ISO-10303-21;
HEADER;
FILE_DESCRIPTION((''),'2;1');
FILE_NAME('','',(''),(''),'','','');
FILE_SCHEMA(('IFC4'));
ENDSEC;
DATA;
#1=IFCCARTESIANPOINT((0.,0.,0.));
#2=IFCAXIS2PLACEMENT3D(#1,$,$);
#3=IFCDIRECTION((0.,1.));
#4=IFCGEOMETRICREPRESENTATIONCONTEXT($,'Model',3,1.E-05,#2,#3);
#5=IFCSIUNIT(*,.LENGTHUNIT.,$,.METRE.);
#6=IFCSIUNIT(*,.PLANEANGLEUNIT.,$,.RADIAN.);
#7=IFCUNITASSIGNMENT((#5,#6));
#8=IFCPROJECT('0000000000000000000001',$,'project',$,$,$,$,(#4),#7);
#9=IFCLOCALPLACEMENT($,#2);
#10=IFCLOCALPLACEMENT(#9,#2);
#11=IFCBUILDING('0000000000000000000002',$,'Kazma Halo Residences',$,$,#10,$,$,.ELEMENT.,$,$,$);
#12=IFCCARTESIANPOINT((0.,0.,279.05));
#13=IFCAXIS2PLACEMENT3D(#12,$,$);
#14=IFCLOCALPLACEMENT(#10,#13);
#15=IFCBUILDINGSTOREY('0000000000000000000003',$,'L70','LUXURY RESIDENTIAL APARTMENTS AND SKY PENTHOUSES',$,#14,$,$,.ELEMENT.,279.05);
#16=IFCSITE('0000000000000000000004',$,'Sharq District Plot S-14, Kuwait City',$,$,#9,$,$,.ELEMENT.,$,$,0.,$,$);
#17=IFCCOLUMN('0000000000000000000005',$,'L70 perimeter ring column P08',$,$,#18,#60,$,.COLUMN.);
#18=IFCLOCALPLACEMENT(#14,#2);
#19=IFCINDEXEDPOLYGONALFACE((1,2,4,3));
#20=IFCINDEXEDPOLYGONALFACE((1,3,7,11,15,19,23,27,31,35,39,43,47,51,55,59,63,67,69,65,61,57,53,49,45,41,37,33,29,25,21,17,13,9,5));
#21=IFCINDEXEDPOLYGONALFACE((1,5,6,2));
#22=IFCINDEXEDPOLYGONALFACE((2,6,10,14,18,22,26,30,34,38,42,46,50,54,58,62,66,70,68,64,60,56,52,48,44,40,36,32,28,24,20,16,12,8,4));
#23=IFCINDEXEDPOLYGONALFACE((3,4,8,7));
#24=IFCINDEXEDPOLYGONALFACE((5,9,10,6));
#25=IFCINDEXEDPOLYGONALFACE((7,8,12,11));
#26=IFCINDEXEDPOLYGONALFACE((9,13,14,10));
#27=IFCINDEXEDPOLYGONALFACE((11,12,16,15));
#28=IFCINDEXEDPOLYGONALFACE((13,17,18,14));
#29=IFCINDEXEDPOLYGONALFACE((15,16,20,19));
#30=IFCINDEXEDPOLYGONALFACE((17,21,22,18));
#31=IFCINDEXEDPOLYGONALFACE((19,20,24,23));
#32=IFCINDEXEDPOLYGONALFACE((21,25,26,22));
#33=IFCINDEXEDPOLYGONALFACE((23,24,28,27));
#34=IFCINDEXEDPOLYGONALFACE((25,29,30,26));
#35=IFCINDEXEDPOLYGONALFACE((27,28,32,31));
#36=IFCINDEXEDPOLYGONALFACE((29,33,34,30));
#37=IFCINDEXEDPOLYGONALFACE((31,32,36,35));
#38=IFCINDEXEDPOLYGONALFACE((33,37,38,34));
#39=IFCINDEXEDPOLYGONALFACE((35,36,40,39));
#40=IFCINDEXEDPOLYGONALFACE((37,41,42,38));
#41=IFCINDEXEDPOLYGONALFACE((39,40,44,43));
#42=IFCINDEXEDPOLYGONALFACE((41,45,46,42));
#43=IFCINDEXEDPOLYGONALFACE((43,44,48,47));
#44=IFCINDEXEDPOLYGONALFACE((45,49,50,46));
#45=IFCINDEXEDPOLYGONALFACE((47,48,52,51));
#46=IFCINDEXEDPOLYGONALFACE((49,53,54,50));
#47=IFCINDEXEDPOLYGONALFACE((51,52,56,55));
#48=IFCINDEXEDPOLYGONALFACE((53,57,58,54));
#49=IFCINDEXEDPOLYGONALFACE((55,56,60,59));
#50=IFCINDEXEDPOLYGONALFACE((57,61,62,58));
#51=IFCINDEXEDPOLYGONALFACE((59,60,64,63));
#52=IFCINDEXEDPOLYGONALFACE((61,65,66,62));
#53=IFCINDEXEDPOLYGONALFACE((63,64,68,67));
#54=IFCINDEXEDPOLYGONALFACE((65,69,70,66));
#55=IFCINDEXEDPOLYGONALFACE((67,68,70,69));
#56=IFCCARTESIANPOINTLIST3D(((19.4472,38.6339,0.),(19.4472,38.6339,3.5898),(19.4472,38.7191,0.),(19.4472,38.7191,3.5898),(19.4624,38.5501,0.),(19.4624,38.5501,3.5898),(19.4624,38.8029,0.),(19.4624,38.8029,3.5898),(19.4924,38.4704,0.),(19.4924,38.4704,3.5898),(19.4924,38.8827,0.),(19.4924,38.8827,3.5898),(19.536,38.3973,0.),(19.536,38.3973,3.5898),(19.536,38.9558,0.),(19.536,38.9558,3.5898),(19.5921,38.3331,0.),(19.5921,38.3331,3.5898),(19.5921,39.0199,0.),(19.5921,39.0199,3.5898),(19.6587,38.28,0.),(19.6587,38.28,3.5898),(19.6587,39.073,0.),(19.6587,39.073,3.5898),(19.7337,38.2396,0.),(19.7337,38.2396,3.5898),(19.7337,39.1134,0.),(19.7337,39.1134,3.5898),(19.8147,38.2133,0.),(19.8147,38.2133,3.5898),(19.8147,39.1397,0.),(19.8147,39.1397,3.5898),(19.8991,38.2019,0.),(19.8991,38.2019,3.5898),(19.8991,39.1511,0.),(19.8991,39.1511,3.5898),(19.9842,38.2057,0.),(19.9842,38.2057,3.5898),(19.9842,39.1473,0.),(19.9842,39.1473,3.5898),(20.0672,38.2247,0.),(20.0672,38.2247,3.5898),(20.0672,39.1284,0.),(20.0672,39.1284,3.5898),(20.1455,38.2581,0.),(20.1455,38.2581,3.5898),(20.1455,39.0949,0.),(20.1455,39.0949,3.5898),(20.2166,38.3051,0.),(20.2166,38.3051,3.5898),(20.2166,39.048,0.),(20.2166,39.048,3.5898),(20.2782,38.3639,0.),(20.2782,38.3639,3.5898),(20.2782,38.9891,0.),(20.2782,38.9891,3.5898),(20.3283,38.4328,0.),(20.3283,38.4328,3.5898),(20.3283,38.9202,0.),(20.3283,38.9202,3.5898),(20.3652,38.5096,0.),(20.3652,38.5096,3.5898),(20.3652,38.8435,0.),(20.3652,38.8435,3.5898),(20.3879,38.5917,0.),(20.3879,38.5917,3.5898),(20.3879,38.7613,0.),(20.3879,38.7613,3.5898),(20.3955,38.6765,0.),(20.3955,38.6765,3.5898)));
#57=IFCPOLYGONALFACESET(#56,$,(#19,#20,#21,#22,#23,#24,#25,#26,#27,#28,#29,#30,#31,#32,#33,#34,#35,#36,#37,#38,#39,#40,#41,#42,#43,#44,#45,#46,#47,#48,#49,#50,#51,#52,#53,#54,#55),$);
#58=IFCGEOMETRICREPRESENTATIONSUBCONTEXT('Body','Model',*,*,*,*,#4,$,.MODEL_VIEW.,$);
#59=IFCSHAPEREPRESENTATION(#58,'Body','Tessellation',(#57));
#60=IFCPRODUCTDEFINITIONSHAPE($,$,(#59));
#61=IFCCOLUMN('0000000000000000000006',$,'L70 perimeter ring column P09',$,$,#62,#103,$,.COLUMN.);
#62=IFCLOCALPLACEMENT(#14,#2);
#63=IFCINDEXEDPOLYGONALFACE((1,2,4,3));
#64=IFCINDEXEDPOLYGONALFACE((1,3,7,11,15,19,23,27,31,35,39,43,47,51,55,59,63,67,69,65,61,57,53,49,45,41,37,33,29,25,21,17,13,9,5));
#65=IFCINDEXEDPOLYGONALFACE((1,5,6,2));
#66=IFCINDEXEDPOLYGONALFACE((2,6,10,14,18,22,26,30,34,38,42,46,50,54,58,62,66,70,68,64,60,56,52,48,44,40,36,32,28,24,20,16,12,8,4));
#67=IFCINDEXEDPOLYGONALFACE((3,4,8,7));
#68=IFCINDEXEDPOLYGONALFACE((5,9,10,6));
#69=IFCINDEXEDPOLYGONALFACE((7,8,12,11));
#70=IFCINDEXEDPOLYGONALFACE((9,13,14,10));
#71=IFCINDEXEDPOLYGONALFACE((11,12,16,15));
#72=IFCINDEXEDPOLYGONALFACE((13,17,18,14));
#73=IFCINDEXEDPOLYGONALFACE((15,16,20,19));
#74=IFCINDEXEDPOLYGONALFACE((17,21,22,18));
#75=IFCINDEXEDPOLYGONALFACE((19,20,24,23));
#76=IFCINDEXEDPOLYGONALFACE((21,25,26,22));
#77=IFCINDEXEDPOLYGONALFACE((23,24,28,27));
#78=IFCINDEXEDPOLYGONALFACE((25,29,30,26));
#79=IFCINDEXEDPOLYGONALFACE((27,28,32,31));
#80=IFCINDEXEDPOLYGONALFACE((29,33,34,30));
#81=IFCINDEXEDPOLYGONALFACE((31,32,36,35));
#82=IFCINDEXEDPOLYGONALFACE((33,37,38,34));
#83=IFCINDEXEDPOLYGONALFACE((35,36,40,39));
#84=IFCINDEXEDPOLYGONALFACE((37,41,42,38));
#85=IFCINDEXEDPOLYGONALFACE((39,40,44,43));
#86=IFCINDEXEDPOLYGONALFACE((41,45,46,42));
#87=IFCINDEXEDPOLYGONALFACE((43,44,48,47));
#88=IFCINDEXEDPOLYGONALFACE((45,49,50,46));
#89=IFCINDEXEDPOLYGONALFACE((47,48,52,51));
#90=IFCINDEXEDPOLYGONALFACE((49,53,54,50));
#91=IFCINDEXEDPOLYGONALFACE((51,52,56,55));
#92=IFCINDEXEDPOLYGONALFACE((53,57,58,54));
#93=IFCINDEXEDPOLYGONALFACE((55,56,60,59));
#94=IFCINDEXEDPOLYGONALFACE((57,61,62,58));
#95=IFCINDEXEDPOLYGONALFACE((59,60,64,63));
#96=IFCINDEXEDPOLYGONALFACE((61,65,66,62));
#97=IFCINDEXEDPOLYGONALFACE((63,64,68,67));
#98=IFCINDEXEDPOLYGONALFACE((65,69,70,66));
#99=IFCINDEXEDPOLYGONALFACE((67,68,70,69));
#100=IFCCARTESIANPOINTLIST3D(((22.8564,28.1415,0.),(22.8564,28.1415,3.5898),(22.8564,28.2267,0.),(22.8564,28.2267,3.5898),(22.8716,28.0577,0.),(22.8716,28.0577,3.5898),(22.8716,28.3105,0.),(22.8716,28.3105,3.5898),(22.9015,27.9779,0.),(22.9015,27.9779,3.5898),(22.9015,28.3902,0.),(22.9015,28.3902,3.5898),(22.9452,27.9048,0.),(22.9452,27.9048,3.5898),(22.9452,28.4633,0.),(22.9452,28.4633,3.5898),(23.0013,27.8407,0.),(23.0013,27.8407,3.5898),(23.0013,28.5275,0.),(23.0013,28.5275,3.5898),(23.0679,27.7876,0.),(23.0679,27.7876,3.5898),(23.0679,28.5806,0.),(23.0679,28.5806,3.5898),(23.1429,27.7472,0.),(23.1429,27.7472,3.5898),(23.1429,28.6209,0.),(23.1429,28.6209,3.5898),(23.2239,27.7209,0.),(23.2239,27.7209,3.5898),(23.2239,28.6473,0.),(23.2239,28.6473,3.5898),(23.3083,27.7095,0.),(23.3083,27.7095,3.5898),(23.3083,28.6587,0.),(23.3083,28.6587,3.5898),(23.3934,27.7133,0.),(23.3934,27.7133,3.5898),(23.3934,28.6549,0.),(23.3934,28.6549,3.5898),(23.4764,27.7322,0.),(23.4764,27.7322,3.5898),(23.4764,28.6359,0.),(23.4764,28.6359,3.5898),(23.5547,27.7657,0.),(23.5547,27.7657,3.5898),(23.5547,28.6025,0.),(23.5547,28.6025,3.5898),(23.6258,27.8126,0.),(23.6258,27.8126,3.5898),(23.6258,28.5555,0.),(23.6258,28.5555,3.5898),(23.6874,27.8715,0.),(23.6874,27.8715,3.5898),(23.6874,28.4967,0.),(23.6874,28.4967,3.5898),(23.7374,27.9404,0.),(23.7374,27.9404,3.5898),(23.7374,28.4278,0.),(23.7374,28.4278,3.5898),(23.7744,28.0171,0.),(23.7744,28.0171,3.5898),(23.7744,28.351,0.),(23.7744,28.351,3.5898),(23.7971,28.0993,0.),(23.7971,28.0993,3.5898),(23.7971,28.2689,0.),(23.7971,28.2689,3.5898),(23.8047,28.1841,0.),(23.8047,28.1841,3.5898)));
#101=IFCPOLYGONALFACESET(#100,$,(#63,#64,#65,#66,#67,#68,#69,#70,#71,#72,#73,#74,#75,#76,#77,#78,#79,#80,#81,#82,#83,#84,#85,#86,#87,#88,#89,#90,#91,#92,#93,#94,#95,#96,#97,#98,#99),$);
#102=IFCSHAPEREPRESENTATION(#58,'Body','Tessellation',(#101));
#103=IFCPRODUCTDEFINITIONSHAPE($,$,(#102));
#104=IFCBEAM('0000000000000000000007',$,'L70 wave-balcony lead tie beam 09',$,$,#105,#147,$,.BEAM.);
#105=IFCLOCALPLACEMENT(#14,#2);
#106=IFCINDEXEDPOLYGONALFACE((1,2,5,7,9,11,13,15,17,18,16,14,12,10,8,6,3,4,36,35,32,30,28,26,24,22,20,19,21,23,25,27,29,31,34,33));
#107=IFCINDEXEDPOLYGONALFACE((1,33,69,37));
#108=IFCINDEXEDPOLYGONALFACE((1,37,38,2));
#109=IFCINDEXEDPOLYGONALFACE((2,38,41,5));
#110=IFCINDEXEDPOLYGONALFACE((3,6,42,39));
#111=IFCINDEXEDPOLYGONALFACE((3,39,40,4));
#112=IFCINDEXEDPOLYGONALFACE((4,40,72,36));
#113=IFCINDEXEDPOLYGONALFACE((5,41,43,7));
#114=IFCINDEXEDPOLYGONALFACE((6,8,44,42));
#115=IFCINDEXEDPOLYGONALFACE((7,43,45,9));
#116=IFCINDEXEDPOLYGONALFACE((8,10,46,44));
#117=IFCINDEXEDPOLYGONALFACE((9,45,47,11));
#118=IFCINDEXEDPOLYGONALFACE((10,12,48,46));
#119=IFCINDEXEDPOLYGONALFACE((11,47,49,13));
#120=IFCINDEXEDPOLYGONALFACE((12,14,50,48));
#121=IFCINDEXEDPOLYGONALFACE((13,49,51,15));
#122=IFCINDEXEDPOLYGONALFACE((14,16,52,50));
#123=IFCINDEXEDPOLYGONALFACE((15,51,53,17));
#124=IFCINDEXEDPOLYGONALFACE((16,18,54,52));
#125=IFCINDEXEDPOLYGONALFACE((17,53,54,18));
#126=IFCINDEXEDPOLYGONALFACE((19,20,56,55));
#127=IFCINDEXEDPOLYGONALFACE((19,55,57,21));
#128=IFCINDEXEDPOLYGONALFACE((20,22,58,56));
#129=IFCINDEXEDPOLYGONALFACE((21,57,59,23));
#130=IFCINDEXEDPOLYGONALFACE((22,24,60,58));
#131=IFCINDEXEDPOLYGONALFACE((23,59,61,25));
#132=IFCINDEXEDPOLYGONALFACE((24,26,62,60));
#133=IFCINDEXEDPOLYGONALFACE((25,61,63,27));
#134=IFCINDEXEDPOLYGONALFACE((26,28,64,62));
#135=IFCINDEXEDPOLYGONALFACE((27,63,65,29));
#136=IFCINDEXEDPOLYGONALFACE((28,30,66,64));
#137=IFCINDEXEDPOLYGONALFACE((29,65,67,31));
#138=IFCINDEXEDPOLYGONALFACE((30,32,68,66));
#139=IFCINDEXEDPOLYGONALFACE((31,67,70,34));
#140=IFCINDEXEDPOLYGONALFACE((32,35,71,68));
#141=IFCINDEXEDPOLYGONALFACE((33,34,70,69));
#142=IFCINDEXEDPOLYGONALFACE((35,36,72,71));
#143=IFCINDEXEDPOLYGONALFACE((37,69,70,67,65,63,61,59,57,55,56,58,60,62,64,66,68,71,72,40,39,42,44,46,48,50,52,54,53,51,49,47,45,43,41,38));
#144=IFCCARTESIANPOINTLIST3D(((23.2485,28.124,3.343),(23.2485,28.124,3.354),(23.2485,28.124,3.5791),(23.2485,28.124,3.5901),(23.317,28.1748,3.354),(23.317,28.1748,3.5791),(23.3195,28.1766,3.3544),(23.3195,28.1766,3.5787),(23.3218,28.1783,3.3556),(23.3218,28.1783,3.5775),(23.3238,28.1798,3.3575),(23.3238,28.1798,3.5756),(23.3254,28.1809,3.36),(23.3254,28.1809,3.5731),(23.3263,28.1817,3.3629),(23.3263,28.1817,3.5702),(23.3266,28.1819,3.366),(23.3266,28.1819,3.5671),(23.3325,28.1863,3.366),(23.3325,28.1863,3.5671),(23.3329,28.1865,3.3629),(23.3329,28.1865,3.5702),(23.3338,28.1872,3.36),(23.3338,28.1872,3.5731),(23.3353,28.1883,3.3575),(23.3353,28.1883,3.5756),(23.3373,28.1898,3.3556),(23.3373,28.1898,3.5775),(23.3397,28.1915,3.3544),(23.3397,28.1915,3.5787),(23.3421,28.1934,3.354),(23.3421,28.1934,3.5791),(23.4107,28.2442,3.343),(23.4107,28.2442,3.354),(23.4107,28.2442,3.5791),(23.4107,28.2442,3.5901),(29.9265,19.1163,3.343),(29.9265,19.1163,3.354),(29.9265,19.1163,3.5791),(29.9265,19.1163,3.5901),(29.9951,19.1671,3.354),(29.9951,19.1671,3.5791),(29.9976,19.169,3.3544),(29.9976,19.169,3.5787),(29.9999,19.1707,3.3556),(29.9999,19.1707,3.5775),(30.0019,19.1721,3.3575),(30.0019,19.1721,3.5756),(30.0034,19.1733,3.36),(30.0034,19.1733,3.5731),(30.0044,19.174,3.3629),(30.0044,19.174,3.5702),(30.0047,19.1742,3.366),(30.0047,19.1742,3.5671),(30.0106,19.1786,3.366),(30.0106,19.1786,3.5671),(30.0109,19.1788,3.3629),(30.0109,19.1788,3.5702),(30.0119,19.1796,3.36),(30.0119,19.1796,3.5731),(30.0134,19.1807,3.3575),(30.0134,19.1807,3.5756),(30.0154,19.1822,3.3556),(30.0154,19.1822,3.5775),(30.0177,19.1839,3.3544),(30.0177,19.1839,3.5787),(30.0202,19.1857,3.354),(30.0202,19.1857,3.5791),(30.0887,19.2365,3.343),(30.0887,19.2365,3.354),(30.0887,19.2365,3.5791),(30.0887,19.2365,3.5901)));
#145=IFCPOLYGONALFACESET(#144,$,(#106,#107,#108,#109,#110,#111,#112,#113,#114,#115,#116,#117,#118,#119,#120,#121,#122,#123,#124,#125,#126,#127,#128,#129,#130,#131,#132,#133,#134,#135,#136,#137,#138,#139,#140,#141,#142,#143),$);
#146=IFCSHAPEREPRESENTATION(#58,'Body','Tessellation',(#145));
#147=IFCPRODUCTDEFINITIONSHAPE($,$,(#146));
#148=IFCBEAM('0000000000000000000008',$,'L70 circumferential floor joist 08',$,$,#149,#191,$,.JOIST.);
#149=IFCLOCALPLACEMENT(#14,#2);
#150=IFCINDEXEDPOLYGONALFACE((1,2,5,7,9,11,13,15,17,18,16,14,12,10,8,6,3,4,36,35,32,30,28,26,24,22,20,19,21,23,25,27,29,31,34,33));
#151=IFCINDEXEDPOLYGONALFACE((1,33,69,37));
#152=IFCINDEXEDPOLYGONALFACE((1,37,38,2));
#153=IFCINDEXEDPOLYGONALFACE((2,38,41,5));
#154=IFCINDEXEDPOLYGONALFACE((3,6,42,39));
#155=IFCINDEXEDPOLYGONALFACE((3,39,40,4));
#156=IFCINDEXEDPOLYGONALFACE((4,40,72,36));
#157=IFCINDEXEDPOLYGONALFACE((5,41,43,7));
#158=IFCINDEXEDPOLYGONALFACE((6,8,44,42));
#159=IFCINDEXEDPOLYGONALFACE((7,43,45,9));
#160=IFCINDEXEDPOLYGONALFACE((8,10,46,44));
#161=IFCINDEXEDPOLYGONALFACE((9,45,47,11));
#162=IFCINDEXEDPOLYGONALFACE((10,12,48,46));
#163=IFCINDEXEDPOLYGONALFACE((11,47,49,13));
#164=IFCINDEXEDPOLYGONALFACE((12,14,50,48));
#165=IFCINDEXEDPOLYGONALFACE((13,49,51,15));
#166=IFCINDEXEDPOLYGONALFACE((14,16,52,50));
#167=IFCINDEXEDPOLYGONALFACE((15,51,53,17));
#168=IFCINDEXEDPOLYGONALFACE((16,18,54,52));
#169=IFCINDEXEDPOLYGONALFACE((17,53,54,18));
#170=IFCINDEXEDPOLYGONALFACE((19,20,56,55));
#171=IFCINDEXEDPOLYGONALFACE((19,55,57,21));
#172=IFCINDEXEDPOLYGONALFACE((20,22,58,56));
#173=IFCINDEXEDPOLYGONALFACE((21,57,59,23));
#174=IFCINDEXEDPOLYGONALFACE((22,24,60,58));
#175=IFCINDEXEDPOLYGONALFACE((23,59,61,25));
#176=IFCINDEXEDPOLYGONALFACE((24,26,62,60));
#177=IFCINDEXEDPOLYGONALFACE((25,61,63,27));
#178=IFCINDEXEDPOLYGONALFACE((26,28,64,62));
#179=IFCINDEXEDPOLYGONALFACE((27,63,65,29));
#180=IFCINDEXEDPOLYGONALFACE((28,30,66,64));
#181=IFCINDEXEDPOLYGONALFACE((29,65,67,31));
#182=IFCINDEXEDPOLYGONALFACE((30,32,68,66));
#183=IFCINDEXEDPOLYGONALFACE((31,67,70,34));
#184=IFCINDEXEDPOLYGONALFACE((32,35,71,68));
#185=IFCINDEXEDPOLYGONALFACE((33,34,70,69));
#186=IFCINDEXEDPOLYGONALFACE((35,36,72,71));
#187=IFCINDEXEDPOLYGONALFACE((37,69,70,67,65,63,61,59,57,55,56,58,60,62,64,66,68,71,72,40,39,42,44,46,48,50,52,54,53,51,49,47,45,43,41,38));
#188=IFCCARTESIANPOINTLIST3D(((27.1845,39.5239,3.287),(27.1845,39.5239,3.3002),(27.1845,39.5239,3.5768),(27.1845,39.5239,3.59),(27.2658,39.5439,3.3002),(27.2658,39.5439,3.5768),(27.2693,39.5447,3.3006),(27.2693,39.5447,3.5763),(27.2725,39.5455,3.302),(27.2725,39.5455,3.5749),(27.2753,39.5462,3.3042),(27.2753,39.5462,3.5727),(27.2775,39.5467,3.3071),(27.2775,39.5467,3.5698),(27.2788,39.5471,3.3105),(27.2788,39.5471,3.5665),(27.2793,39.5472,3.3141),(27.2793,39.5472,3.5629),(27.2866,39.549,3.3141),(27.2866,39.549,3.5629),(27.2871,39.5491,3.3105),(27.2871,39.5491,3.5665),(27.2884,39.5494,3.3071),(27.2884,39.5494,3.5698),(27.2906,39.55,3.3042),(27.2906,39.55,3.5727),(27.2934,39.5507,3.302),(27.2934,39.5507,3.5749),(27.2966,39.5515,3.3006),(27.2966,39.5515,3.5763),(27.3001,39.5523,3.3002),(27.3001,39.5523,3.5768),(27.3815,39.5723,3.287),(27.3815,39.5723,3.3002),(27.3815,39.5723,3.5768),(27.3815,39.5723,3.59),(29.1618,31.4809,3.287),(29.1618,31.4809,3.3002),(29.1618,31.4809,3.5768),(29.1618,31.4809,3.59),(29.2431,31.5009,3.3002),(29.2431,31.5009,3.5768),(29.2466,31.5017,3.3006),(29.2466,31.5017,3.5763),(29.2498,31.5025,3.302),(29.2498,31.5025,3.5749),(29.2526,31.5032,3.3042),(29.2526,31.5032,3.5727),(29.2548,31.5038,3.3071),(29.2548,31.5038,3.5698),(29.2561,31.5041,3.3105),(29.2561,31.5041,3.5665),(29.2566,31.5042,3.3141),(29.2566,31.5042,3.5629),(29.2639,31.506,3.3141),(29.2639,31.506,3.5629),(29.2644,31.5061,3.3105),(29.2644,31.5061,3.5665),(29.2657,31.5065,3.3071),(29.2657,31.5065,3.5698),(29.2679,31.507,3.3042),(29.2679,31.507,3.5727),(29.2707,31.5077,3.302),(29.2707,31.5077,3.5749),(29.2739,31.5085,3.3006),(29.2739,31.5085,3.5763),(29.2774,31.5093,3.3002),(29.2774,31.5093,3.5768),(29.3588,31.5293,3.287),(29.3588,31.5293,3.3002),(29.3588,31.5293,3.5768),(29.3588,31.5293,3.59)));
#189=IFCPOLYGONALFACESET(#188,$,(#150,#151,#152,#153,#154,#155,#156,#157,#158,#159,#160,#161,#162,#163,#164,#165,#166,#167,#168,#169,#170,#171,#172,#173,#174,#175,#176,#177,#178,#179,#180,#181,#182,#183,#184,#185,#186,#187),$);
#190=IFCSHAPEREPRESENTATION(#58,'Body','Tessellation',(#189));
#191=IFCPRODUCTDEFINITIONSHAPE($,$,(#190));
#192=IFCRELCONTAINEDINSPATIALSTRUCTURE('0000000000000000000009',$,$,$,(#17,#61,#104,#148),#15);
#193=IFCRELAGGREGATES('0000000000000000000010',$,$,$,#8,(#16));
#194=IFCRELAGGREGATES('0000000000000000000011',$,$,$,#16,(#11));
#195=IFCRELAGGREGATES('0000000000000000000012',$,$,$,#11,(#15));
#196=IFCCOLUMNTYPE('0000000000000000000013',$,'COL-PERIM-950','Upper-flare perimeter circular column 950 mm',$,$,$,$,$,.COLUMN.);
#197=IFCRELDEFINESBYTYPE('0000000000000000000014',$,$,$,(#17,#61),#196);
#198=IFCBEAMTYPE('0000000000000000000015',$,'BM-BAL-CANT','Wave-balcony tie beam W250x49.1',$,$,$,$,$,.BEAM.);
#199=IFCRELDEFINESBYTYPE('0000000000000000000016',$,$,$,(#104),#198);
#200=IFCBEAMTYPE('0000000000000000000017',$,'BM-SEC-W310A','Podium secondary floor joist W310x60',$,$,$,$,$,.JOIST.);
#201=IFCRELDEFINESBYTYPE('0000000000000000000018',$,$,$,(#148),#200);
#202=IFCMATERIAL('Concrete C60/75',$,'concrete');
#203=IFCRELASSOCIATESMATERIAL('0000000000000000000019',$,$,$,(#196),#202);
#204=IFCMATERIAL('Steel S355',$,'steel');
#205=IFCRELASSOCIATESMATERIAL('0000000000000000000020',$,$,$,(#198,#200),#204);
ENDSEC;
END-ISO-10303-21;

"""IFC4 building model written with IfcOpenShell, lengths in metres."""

from ifc_helpers import new_model, si_unit, direction, frame, origin, origin_2d, place, context, subcontext, project, spatial, circle, i_section, extrude, material, material_profile, profile_set, type_object, element, save


model = new_model("IFC4")

# Units and contexts
model_context = context("Model", 3, precision=1e-05, world=origin(), true_north=direction((0.0, 1.0)))
body_context = subcontext(model_context, "Body", "Model", "MODEL_VIEW")
ifc_project = project(units=[si_unit("LENGTHUNIT", "METRE"), si_unit("PLANEANGLEUNIT", "RADIAN")], contexts=[model_context])

# Site, building, storey
site_placement = place(None, origin())
site = spatial("IfcSite", under=ifc_project, at=site_placement, Name="Sharq District Plot S-14, Kuwait City", CompositionType="ELEMENT", RefElevation=0.0)
building_placement = place(site_placement, origin())
building = spatial("IfcBuilding", under=site, at=building_placement, Name="Kazma Halo Residences", CompositionType="ELEMENT")
storey_placement = place(building_placement, frame((0.0, 0.0, 279.05)))
storey = spatial("IfcBuildingStorey", under=building, at=storey_placement, Name="L70", Description="LUXURY RESIDENTIAL APARTMENTS AND SKY PENTHOUSES", CompositionType="ELEMENT", Elevation=279.05)

# Columns
ifc_material_1 = material(Name="Concrete C60/75", Category="concrete")
ifc_material_profile_1 = material_profile(ifc_material_1, circle(Radius=0.4751, at=origin_2d()), Name="CIRC950")
ifc_profile_set_1 = profile_set([ifc_material_profile_1], Name="Concrete C60/75")
column_type = type_object("IfcColumnType", Name="COL-PERIM-950", Description="Upper-flare perimeter circular column 950 mm", PredefinedType="COLUMN", material=ifc_profile_set_1)
for number, where, z_axis, x_axis, name in (
    (1, (19.9204, 38.6765, 0.0), (0.0, 0.0, 1.0), (1.0, 0.0, 0.0), "L70 perimeter ring column P08"),
    (2, (23.3296, 28.1841, 0.0), (0.0, 0.0, 1.0), (1.0, 0.0, 0.0), "L70 perimeter ring column P09"),
):
    element("IfcColumn", number, at=place(storey_placement, frame(where, z_axis=z_axis, x_axis=x_axis)), inside=storey, type_object=column_type, Name=name, PredefinedType="COLUMN", context=body_context, shape_type="SweptSolid", body=[
        extrude(circle(Radius=0.4751, at=origin_2d()), origin(), (0.0, 0.0, 1.0), 3.5898),
    ])

# Beams
ifc_material_2 = material(Name="Steel S355", Category="steel")
ifc_material_profile_2 = material_profile(ifc_material_2, i_section(OverallWidth=0.2019, OverallDepth=0.2471, WebThickness=0.0073, FlangeThickness=0.011, FilletRadius=0.012, at=origin_2d()), Name="W250x49.1")
ifc_profile_set_2 = profile_set([ifc_material_profile_2], Name="Steel S355")
beam_type_1 = type_object("IfcBeamType", Name="BM-BAL-CANT", Description="Wave-balcony tie beam W250x49.1", PredefinedType="BEAM", material=ifc_profile_set_2)
beam_1_placement = place(storey_placement, frame((23.3296, 28.1841, 3.4666), z_axis=(0.595556, -0.803314, 0.0), x_axis=(0.803314, 0.595556, 0.0)))
element("IfcBeam", 3, at=beam_1_placement, inside=storey, type_object=beam_type_1, Name="L70 wave-balcony lead tie beam 09", PredefinedType="BEAM", context=body_context, shape_type="SweptSolid", body=[
    extrude(i_section(OverallWidth=0.2019, OverallDepth=0.2471, WebThickness=0.0073, FlangeThickness=0.011, FilletRadius=0.012, at=origin_2d()), origin(), (0.0, 0.0, 1.0), 11.2131),
])
ifc_material_profile_3 = material_profile(ifc_material_2, i_section(OverallWidth=0.2029, OverallDepth=0.303, WebThickness=0.0076, FlangeThickness=0.0132, FilletRadius=0.0139, at=origin_2d()), Name="W310x60")
ifc_profile_set_3 = profile_set([ifc_material_profile_3], Name="Steel S355")
beam_type_2 = type_object("IfcBeamType", Name="BM-SEC-W310A", Description="Podium secondary floor joist W310x60", PredefinedType="JOIST", material=ifc_profile_set_3)
beam_2_placement = place(storey_placement, frame((27.283, 39.5481, 3.4385), z_axis=(0.238733, -0.971085, 0.0), x_axis=(0.971085, 0.238733, 0.0)))
element("IfcBeam", 4, at=beam_2_placement, inside=storey, type_object=beam_type_2, Name="L70 circumferential floor joist 08", PredefinedType="JOIST", context=body_context, shape_type="SweptSolid", body=[
    extrude(i_section(OverallWidth=0.2029, OverallDepth=0.303, WebThickness=0.0076, FlangeThickness=0.0132, FilletRadius=0.0139, at=origin_2d()), origin(), (0.0, 0.0, 1.0), 8.2825),
])

save(model, "model.ifc")
